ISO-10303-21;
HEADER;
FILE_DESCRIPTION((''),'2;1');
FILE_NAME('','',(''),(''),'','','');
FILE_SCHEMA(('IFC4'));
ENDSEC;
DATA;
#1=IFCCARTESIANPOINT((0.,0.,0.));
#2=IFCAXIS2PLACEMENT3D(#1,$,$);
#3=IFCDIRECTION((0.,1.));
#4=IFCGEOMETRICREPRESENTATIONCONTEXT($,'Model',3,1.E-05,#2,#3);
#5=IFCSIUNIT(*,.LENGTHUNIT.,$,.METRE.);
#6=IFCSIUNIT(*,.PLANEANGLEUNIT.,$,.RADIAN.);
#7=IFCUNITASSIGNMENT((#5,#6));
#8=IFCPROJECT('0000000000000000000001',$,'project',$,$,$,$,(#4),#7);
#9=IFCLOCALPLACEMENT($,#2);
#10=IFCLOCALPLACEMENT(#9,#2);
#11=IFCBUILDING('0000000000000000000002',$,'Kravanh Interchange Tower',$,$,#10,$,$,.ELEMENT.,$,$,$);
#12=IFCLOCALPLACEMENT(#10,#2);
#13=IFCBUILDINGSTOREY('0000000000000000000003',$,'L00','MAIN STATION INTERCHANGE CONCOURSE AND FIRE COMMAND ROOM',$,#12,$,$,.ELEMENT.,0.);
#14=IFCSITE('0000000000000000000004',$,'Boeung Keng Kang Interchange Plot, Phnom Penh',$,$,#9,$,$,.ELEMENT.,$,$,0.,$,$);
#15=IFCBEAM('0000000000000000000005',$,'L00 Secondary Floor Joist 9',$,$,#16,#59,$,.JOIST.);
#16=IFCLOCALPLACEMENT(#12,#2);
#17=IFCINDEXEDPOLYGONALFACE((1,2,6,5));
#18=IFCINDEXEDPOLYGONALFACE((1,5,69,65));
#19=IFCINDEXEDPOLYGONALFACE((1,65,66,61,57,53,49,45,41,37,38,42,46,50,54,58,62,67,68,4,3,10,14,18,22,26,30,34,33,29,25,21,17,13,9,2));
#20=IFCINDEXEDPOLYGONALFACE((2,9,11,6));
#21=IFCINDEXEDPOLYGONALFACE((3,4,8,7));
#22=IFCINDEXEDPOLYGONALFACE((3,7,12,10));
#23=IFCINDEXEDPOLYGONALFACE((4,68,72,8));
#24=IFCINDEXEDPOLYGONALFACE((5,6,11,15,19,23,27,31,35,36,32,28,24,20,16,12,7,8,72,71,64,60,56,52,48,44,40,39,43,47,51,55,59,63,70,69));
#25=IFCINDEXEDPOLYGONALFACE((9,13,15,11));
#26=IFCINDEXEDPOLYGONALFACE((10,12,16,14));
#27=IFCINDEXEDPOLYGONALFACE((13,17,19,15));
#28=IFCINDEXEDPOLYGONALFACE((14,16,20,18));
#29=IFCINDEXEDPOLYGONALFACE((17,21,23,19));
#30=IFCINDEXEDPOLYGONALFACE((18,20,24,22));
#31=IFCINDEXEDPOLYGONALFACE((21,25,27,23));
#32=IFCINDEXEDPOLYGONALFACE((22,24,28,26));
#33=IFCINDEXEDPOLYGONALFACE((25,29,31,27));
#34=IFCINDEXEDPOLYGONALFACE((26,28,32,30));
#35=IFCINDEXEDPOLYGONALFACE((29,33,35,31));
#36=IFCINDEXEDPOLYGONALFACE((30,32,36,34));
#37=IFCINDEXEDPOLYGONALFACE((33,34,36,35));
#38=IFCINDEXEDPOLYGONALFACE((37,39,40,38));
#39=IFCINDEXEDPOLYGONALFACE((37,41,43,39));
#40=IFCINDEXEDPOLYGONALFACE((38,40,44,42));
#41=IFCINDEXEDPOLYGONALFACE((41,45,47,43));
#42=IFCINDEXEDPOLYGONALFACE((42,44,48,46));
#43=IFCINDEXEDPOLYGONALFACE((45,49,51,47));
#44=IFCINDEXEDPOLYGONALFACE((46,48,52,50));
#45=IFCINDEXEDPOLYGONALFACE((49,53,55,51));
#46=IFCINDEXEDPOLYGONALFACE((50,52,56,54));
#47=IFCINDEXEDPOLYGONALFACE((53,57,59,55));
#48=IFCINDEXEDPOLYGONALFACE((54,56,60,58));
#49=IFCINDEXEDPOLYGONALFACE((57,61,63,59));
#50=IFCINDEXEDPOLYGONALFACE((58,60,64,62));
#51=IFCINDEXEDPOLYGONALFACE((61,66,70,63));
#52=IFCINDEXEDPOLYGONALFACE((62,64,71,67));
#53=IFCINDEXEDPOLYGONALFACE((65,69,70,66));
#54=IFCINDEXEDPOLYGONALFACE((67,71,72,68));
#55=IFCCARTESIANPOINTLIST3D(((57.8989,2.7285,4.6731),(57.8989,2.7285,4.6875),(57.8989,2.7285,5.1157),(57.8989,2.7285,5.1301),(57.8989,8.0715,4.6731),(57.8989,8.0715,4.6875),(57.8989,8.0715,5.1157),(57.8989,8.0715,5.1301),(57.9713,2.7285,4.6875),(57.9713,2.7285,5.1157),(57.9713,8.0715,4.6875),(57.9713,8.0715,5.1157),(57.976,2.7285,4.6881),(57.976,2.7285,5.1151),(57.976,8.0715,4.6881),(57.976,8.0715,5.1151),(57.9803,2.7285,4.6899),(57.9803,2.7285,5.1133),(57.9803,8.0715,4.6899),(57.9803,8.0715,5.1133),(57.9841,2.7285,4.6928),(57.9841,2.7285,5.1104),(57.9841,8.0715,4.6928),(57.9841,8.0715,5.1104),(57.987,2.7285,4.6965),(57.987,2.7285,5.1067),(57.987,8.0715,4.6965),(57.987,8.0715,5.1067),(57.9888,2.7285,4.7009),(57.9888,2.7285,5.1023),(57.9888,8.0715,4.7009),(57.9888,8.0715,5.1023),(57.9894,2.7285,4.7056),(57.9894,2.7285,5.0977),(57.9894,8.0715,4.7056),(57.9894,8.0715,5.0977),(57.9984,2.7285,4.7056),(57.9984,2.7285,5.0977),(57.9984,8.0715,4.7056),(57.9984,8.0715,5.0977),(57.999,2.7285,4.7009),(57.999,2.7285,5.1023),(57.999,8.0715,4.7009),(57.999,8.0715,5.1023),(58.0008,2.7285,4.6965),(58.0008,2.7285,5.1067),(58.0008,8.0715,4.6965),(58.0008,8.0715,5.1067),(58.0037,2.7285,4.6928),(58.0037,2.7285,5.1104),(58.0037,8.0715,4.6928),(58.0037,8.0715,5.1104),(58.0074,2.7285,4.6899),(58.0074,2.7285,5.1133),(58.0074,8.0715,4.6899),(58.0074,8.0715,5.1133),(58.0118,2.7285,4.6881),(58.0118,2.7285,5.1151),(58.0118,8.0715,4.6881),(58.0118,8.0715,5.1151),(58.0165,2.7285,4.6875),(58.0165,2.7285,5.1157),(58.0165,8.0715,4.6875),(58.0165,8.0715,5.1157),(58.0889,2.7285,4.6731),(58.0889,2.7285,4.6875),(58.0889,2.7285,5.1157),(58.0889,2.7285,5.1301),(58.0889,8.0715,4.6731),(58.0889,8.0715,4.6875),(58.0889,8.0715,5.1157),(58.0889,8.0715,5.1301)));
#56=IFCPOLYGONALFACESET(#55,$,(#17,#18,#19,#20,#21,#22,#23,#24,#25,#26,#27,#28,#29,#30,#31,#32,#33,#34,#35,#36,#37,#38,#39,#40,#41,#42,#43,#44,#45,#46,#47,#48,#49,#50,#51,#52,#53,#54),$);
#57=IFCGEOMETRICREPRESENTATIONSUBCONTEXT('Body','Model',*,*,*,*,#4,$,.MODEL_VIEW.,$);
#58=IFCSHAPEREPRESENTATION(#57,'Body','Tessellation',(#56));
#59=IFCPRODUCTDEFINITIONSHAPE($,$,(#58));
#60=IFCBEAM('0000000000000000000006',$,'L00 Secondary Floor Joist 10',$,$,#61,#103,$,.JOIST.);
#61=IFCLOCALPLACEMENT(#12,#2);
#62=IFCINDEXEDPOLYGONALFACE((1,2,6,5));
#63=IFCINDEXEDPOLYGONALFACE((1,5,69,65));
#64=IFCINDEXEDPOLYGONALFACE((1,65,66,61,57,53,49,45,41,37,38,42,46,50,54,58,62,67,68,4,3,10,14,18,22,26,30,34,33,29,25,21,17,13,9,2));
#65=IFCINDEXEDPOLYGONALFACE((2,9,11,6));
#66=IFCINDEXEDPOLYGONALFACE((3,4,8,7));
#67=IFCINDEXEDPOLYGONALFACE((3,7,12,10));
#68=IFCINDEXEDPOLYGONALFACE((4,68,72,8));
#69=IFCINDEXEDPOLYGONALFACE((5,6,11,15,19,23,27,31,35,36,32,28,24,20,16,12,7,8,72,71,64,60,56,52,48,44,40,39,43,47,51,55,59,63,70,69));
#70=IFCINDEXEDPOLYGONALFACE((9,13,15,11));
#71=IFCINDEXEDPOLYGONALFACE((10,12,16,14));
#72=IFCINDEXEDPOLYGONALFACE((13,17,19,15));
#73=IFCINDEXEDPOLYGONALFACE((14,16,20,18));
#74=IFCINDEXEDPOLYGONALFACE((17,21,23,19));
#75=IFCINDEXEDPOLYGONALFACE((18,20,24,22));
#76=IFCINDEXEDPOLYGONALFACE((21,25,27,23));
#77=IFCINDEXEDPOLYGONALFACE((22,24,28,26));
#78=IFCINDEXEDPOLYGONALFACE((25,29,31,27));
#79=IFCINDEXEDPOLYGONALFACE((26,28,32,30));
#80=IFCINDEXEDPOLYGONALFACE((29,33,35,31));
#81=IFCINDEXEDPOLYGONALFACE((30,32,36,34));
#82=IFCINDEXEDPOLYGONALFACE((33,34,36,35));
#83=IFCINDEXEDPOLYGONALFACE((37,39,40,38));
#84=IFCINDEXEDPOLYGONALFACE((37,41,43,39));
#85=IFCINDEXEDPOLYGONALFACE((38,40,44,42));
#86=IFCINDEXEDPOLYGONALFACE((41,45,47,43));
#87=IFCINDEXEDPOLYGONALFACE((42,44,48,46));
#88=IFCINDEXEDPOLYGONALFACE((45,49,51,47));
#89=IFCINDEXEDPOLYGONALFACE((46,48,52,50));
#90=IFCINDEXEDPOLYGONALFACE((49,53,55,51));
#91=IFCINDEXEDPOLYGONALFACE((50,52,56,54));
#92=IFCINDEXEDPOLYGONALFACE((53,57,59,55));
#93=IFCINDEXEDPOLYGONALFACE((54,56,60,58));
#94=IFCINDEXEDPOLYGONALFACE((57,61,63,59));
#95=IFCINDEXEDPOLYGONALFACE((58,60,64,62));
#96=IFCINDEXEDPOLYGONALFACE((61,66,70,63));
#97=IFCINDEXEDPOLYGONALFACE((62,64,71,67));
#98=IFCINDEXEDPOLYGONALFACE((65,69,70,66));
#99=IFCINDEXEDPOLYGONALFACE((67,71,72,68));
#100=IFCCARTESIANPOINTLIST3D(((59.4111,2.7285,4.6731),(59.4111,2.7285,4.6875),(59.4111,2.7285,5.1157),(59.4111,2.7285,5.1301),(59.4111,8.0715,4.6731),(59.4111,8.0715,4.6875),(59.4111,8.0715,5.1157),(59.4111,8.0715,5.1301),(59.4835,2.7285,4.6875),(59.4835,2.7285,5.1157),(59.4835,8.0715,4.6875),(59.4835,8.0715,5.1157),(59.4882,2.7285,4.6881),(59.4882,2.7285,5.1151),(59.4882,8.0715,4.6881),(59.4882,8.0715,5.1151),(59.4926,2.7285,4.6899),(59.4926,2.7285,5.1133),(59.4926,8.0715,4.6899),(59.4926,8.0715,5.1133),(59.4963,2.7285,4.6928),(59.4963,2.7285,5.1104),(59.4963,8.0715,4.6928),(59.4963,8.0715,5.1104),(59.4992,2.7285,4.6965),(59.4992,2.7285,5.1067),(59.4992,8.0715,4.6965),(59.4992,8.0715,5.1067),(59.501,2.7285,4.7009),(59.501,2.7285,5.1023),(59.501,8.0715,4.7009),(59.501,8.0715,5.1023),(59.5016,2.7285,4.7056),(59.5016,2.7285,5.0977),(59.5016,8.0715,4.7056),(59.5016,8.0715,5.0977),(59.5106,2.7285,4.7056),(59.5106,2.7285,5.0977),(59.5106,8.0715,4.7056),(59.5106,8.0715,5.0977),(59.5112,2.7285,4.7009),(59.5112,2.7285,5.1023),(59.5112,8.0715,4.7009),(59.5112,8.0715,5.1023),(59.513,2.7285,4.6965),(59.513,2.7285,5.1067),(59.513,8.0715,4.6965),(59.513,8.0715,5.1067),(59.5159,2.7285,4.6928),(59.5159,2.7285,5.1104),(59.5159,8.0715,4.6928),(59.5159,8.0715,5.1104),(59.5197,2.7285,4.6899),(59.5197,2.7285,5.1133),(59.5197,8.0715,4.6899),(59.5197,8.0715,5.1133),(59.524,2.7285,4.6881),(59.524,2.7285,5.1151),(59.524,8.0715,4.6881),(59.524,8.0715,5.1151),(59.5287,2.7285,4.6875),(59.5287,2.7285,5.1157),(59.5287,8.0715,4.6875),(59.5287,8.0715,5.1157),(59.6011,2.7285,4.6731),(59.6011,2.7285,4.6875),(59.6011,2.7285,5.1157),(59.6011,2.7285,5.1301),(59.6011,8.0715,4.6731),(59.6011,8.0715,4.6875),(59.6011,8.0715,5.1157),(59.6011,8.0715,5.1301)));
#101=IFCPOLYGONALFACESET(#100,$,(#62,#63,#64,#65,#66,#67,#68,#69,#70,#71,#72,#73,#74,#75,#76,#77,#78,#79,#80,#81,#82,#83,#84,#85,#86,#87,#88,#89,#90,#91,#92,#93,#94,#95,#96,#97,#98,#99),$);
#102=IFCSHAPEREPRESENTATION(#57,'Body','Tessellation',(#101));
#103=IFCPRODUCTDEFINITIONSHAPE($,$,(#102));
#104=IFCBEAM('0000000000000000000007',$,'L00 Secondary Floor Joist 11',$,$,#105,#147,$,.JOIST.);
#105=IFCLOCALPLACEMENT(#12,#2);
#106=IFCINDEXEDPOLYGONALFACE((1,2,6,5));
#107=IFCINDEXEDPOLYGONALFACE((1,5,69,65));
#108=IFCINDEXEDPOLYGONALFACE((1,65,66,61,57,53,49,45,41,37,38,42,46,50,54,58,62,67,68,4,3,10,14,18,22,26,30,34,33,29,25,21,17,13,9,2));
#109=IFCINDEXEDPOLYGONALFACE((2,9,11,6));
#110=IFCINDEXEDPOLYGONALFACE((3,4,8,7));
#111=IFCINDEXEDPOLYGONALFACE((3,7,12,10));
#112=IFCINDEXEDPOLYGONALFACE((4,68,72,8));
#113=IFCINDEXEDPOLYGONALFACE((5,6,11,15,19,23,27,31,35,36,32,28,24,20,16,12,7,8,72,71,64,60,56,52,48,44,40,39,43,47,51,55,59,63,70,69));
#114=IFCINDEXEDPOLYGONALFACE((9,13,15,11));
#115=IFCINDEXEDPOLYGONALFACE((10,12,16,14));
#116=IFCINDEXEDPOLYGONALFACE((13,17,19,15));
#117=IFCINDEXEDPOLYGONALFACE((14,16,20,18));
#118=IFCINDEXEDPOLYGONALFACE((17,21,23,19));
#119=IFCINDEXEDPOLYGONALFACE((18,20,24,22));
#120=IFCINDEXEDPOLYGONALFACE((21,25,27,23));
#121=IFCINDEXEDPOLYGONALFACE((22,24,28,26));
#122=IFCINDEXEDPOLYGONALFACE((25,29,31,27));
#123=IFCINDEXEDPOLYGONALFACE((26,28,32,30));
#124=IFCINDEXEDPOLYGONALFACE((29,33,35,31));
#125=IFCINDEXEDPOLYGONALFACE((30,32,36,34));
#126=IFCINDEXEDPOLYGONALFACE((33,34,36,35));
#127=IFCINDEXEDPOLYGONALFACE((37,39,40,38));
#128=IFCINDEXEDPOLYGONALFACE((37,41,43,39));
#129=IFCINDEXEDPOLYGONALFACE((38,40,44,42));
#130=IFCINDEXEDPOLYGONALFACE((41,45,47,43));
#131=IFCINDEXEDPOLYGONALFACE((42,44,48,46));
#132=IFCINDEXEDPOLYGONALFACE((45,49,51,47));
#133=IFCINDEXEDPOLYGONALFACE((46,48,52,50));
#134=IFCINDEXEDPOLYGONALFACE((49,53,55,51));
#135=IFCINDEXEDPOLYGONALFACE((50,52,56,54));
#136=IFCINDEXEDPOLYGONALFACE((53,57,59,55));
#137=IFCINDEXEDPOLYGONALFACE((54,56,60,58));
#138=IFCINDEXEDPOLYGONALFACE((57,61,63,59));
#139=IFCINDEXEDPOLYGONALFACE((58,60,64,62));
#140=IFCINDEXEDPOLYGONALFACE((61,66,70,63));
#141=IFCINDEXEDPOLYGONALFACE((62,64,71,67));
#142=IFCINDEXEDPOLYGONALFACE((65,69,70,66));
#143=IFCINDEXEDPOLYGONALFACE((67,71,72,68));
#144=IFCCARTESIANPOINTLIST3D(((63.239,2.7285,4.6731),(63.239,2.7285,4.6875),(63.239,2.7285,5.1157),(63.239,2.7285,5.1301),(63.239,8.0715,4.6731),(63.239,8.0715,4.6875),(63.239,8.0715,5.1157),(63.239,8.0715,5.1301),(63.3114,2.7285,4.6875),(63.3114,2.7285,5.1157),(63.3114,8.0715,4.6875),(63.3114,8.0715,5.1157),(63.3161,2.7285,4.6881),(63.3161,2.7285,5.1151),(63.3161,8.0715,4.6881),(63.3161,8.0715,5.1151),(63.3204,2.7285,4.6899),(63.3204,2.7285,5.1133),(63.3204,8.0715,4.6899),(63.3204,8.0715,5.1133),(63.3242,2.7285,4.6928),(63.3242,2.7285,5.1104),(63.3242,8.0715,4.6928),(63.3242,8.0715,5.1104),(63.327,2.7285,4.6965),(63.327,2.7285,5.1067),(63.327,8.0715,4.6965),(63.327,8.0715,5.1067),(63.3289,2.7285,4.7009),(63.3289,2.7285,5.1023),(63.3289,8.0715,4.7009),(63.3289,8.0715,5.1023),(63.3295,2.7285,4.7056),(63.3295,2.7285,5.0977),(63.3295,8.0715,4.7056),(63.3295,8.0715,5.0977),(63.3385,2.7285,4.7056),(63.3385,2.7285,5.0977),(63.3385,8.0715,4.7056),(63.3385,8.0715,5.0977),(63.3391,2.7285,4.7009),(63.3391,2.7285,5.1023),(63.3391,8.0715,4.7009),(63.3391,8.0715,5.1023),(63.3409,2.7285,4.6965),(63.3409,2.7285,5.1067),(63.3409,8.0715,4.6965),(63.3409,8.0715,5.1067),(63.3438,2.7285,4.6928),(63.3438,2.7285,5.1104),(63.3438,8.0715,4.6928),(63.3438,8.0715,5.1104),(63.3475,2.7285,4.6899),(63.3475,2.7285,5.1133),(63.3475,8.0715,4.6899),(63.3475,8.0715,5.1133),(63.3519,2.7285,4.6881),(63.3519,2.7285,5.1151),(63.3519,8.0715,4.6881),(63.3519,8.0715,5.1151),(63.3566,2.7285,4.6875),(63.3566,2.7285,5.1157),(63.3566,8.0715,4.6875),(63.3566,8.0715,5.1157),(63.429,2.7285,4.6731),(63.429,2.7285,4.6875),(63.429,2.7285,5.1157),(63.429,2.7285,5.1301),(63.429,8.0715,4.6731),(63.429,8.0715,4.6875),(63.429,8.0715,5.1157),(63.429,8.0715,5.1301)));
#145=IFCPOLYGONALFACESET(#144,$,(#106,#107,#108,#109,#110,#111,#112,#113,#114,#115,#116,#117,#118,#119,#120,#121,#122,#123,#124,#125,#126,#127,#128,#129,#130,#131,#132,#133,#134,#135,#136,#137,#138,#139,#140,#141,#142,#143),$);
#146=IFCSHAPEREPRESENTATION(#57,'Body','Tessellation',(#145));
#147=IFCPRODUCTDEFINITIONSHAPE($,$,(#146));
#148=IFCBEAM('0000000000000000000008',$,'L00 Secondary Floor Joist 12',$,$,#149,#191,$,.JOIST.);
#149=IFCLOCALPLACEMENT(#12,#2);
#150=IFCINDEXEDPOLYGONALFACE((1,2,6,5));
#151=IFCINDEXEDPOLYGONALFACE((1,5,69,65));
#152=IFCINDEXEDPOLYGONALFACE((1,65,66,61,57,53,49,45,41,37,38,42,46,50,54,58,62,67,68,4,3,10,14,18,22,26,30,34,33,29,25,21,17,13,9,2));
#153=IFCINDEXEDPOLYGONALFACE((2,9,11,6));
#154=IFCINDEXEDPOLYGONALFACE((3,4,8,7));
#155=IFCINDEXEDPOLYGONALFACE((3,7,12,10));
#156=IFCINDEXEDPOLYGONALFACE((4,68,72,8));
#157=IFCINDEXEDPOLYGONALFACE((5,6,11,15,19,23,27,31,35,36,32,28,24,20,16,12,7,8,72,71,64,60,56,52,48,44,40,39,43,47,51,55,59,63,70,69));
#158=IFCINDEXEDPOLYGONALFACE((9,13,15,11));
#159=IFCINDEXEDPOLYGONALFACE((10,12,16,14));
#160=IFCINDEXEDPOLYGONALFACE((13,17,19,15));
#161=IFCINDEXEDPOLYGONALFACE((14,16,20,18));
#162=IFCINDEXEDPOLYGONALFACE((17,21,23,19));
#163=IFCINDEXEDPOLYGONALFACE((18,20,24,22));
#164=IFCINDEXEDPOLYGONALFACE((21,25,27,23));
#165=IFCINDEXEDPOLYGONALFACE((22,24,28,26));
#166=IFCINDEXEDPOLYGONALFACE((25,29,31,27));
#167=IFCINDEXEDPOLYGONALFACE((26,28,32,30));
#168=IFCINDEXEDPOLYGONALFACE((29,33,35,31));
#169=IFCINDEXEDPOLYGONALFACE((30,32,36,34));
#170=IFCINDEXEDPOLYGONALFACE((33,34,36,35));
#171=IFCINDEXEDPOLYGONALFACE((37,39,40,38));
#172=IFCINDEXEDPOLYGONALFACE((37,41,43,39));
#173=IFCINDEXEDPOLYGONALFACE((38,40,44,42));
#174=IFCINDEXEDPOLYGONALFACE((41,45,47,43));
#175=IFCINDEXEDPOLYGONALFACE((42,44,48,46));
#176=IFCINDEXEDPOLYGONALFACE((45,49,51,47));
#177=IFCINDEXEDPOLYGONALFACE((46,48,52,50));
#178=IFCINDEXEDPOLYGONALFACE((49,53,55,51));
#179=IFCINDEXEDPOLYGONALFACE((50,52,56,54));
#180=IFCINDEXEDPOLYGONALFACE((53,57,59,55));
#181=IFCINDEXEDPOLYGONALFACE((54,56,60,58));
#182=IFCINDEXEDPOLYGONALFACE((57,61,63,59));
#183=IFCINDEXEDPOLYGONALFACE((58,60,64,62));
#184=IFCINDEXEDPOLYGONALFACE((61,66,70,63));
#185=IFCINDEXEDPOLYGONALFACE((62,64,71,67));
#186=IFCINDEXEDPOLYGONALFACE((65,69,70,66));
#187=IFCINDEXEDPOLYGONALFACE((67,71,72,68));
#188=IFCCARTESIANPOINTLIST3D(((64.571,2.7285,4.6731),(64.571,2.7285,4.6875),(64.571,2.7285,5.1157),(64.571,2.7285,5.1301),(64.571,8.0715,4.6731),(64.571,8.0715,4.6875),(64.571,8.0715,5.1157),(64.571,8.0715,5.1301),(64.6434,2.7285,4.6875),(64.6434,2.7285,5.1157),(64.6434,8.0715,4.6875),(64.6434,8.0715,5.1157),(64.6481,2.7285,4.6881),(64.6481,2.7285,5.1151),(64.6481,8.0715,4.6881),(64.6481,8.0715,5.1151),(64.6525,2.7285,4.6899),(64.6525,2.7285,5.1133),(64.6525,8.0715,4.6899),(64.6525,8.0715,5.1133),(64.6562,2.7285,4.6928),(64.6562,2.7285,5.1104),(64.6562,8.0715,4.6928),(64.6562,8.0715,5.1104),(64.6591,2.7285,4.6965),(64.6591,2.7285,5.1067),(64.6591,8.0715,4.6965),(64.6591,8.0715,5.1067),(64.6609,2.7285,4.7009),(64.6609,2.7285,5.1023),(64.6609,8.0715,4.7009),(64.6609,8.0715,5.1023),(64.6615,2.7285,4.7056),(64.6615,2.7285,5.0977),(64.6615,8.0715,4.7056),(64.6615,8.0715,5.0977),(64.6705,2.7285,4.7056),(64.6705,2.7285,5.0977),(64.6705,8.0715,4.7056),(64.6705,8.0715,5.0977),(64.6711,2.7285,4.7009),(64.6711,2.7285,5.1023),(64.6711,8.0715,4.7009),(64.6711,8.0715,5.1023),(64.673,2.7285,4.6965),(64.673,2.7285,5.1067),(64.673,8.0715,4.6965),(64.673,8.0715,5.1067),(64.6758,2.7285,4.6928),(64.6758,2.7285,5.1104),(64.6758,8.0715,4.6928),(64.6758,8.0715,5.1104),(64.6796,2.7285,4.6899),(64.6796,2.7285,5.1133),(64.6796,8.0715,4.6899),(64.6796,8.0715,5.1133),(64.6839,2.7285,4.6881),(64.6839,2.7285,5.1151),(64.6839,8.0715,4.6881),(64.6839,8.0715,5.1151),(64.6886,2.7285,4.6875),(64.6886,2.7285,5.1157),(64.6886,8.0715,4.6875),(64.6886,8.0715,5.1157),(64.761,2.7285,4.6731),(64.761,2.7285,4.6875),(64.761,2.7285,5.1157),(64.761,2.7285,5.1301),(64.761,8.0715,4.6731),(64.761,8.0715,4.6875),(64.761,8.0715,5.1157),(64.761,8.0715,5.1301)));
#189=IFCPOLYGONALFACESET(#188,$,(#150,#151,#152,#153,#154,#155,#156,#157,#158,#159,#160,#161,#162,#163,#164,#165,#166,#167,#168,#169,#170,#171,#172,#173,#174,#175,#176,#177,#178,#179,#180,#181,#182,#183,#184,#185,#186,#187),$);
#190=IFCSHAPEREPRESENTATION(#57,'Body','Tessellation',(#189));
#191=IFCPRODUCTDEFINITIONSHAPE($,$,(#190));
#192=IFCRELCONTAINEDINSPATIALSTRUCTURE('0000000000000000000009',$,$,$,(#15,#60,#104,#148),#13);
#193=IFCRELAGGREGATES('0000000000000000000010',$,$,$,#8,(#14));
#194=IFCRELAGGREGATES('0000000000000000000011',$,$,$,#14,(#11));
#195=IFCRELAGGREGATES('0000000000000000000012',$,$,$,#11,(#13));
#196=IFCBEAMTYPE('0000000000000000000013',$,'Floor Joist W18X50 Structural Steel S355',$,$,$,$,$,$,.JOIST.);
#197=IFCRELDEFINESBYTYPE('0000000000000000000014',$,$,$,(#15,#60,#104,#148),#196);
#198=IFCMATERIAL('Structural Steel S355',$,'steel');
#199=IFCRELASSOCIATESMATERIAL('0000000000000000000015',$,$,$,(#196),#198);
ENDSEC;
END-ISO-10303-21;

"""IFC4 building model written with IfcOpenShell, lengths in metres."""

from ifc_helpers import new_model, si_unit, direction, frame, origin, origin_2d, place, context, subcontext, project, spatial, i_section, extrude, material, material_profile, profile_set, type_object, element, save


model = new_model("IFC4")

# Units and contexts
model_context = context("Model", 3, precision=1e-05, world=origin(), true_north=direction((0.0, 1.0)))
body_context = subcontext(model_context, "Body", "Model", "MODEL_VIEW")
ifc_project = project(units=[si_unit("LENGTHUNIT", "METRE"), si_unit("PLANEANGLEUNIT", "RADIAN")], contexts=[model_context])

# Site, building, storey
site_placement = place(None, origin())
site = spatial("IfcSite", under=ifc_project, at=site_placement, Name="Boeung Keng Kang Interchange Plot, Phnom Penh", CompositionType="ELEMENT", RefElevation=0.0)
building_placement = place(site_placement, origin())
building = spatial("IfcBuilding", under=site, at=building_placement, Name="Kravanh Interchange Tower", CompositionType="ELEMENT")
storey_placement = place(building_placement, origin())
storey = spatial("IfcBuildingStorey", under=building, at=storey_placement, Name="L00", Description="MAIN STATION INTERCHANGE CONCOURSE AND FIRE COMMAND ROOM", CompositionType="ELEMENT", Elevation=0.0)

# Beams
ifc_material_1 = material(Name="Structural Steel S355", Category="steel")
ifc_material_profile_1 = material_profile(ifc_material_1, i_section(OverallWidth=0.1899, OverallDepth=0.457, WebThickness=0.009, FlangeThickness=0.0144, FilletRadius=0.0181, at=origin_2d()), Name="W18X50")
ifc_profile_set_1 = profile_set([ifc_material_profile_1], Name="Structural Steel S355")
beam_type_1 = type_object("IfcBeamType", Name="Floor Joist W18X50 Structural Steel S355", PredefinedType="JOIST", material=ifc_profile_set_1)
for number, where, z_axis, x_axis, name in (
    (1, (57.9939, 2.7285, 4.9016), (0.0, 1.0, 0.0), (-1.0, 0.0, 0.0), "L00 Secondary Floor Joist 9"),
    (2, (59.5061, 2.7285, 4.9016), (0.0, 1.0, 0.0), (-1.0, 0.0, 0.0), "L00 Secondary Floor Joist 10"),
    (3, (63.334, 2.7285, 4.9016), (0.0, 1.0, 0.0), (-1.0, 0.0, 0.0), "L00 Secondary Floor Joist 11"),
    (4, (64.666, 2.7285, 4.9016), (0.0, 1.0, 0.0), (-1.0, 0.0, 0.0), "L00 Secondary Floor Joist 12"),
):
    element("IfcBeam", number, at=place(storey_placement, frame(where, z_axis=z_axis, x_axis=x_axis)), inside=storey, type_object=beam_type_1, Name=name, PredefinedType="JOIST", context=body_context, shape_type="SweptSolid", body=[
        extrude(i_section(OverallWidth=0.1899, OverallDepth=0.457, WebThickness=0.009, FlangeThickness=0.0144, FilletRadius=0.0181, at=origin_2d()), origin(), (0.0, 0.0, 1.0), 5.343),
    ])

save(model, "model.ifc")
